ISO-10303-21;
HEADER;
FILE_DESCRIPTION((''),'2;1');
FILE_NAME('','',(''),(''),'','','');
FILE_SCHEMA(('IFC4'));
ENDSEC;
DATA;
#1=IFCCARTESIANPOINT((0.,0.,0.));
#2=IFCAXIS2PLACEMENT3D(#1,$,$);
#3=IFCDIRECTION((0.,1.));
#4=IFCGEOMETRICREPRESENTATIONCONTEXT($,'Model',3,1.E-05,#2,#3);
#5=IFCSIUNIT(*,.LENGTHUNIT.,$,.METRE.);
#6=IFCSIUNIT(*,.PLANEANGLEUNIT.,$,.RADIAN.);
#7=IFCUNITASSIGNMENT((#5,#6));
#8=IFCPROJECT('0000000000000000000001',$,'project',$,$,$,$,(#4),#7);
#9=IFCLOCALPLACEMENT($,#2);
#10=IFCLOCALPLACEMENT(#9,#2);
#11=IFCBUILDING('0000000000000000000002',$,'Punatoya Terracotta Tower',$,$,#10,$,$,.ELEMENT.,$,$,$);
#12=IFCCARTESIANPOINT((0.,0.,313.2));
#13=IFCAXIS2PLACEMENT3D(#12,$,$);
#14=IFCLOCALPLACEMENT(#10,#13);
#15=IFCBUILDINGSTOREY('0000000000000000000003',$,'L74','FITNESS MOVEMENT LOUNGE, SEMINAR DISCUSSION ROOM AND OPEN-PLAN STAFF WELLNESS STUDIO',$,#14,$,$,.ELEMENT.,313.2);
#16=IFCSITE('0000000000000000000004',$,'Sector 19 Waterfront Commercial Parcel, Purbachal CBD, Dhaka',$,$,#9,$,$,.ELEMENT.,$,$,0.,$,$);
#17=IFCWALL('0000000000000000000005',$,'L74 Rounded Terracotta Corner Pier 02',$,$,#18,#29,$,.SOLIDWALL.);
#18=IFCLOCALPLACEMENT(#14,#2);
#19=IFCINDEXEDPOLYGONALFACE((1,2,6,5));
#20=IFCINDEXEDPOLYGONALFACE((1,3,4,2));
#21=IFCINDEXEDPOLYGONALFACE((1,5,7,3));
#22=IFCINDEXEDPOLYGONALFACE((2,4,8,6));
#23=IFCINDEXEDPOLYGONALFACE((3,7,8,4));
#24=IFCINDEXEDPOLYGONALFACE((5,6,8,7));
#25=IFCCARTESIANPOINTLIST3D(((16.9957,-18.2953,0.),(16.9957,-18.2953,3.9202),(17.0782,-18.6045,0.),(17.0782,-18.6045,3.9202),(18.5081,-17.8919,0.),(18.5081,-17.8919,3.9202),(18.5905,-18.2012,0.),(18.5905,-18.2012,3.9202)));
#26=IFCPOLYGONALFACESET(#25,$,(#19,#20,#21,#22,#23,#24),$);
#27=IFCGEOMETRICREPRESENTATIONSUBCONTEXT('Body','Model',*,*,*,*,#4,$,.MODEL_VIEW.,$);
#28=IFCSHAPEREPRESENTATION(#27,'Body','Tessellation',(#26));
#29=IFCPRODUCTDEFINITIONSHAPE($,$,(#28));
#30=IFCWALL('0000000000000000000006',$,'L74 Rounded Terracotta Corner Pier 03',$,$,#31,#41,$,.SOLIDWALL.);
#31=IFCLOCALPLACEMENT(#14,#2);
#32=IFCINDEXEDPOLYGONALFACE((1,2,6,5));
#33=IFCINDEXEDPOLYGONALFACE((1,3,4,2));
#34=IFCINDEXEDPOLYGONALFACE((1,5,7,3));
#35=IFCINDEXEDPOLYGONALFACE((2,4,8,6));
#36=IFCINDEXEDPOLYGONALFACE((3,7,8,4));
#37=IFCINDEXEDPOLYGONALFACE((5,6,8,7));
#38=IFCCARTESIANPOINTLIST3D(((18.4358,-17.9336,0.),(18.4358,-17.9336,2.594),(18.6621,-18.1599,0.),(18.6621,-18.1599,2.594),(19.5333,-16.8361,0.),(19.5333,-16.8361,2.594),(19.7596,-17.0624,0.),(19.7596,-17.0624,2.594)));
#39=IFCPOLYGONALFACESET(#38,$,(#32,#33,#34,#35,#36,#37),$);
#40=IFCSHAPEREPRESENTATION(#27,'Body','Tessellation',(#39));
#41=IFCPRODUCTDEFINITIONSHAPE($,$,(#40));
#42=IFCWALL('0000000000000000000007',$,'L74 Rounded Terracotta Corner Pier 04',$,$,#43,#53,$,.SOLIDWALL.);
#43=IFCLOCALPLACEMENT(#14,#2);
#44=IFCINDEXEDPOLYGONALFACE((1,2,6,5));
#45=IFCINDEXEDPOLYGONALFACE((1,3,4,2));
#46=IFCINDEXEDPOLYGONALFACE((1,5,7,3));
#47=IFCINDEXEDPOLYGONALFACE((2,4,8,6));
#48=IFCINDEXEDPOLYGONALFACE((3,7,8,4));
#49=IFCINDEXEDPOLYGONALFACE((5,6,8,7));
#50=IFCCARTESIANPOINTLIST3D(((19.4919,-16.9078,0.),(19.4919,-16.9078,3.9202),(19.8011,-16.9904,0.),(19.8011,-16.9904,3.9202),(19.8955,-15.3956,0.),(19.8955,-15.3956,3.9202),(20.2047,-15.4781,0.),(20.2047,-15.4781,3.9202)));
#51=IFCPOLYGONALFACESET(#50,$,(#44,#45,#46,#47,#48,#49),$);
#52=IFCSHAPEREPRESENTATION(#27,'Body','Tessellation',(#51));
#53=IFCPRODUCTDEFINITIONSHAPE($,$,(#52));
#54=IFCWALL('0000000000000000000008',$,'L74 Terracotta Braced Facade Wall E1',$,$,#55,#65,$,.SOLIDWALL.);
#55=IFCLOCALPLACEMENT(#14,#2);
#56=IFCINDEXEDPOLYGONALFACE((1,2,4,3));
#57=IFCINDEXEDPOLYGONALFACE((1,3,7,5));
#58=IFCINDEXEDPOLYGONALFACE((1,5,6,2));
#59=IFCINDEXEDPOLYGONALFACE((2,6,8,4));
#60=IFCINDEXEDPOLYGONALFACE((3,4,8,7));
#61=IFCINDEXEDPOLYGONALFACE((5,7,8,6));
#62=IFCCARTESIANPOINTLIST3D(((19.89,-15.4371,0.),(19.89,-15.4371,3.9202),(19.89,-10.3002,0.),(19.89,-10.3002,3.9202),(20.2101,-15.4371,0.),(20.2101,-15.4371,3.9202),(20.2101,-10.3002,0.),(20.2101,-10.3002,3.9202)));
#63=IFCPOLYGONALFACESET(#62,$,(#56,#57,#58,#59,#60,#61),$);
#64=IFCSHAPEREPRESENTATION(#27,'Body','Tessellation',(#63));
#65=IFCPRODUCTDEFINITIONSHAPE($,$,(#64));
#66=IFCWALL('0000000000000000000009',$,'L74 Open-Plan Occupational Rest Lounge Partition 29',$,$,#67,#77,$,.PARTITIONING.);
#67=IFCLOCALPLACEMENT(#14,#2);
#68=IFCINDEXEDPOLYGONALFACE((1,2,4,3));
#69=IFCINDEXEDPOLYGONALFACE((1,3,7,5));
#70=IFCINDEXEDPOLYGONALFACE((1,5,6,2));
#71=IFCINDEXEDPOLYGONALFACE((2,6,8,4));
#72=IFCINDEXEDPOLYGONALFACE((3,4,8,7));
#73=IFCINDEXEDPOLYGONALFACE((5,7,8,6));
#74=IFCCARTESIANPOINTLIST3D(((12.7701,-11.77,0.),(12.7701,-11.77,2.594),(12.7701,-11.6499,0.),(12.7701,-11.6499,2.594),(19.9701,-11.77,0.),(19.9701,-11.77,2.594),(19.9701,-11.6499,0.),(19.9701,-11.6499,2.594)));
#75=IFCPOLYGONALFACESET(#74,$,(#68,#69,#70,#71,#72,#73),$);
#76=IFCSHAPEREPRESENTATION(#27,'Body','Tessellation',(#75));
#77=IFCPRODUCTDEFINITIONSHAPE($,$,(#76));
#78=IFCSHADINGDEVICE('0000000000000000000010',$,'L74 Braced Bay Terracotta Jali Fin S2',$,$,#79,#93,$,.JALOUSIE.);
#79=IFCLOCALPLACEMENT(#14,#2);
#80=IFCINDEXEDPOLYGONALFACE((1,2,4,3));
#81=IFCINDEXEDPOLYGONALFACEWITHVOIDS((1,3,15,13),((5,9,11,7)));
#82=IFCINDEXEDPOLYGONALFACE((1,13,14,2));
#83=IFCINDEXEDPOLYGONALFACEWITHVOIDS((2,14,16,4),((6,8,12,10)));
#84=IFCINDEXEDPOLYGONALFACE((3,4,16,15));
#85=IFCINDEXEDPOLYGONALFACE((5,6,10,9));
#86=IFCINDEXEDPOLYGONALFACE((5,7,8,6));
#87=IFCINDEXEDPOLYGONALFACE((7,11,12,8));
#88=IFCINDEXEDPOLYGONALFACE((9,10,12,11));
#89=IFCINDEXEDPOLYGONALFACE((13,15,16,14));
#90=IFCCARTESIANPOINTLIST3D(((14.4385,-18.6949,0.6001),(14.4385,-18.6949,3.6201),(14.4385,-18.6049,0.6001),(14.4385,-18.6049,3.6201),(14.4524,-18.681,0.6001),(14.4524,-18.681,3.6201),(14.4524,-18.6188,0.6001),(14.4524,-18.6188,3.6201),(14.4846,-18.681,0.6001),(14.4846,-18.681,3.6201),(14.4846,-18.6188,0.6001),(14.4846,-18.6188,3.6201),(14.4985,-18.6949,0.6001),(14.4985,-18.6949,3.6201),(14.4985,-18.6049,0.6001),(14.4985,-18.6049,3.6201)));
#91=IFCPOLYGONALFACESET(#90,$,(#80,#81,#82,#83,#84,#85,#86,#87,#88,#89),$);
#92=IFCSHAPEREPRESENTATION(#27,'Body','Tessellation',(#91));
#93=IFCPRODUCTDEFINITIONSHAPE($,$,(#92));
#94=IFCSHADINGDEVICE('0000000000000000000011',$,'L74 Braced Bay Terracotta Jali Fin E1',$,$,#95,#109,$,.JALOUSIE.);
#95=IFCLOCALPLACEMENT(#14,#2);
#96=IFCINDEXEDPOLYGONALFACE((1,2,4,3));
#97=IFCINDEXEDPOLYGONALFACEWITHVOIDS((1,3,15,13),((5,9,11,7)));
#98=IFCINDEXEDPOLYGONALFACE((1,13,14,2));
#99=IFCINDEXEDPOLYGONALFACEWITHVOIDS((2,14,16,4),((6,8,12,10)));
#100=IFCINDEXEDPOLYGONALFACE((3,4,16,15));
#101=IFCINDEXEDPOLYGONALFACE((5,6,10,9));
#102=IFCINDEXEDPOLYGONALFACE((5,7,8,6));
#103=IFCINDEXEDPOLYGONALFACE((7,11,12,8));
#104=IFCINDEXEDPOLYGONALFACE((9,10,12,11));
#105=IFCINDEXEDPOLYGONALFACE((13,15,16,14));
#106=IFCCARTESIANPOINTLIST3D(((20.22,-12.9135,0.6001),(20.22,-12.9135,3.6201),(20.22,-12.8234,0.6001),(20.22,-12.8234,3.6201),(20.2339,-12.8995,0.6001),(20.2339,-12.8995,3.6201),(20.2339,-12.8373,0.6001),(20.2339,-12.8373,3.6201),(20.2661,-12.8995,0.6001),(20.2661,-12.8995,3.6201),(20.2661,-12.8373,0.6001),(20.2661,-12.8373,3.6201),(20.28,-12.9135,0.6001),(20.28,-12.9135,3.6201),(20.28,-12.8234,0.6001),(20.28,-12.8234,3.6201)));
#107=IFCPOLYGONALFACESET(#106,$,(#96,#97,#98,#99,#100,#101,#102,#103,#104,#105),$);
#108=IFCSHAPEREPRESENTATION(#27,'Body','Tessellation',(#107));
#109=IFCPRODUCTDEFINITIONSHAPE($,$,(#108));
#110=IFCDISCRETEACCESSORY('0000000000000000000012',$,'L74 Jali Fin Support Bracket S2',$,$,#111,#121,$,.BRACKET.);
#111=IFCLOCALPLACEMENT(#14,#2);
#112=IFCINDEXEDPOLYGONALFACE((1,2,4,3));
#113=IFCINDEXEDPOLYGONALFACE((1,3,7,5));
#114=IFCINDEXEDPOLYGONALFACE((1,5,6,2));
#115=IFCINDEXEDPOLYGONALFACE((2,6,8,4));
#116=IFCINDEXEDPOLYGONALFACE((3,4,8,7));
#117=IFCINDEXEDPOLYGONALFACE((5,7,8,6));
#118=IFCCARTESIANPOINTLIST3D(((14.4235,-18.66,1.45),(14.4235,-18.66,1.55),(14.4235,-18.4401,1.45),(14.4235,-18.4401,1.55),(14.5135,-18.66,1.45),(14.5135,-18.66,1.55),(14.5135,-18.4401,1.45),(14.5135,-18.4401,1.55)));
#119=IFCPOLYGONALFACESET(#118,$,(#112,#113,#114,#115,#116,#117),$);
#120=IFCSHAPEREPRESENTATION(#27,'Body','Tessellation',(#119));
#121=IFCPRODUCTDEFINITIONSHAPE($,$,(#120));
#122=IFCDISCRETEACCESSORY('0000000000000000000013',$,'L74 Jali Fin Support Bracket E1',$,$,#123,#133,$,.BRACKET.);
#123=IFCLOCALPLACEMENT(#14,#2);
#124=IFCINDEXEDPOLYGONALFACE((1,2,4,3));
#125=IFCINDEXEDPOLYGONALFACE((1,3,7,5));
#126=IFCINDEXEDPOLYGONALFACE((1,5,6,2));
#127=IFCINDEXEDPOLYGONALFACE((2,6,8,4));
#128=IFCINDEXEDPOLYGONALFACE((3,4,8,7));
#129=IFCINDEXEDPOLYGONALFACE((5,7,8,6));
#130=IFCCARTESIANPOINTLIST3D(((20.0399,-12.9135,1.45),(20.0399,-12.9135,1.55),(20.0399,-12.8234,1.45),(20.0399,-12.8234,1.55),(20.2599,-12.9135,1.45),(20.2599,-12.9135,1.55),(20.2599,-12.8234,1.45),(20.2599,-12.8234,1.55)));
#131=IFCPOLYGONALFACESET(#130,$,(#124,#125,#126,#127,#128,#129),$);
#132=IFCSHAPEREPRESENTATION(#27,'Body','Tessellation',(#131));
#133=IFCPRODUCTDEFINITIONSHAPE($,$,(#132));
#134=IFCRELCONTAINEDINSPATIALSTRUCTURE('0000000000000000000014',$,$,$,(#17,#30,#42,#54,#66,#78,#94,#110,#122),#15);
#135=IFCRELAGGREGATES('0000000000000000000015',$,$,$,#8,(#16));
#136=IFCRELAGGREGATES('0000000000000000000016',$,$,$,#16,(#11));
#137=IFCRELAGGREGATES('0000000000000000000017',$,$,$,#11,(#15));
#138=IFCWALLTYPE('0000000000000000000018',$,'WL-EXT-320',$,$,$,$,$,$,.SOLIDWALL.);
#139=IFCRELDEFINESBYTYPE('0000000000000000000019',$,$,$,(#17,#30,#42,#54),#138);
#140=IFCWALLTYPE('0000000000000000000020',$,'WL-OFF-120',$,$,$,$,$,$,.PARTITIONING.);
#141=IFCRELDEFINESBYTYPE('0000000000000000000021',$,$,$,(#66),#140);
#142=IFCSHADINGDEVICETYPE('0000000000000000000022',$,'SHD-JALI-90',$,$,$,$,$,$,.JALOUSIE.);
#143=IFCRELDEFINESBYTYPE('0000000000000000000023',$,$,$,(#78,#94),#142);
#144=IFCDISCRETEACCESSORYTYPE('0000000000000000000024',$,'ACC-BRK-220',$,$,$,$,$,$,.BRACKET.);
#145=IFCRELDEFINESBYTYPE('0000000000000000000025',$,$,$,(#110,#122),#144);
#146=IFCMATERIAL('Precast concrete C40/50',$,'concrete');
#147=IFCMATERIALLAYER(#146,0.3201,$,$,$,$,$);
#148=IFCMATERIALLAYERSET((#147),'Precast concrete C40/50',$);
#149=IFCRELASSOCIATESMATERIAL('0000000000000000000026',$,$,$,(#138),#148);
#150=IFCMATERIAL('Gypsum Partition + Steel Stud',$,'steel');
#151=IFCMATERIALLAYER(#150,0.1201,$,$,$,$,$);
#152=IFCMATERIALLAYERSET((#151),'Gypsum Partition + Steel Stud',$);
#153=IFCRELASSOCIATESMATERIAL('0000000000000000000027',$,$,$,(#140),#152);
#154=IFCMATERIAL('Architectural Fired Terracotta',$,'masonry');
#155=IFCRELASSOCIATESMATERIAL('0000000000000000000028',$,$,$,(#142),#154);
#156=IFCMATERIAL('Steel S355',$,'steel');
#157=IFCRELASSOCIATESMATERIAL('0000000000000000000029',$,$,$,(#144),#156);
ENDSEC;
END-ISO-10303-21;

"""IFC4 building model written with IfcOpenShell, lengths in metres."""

from ifc_helpers import new_model, si_unit, direction, frame, frame_2d, origin, origin_2d, place, context, subcontext, project, spatial, rectangle, hollow_rectangle, extrude, material, layer, layer_set, material_profile, profile_set, type_object, element, save


model = new_model("IFC4")

# Units and contexts
model_context = context("Model", 3, precision=1e-05, world=origin(), true_north=direction((0.0, 1.0)))
body_context = subcontext(model_context, "Body", "Model", "MODEL_VIEW")
ifc_project = project(units=[si_unit("LENGTHUNIT", "METRE"), si_unit("PLANEANGLEUNIT", "RADIAN")], contexts=[model_context])

# Site, building, storey
site_placement = place(None, origin())
site = spatial("IfcSite", under=ifc_project, at=site_placement, Name="Sector 19 Waterfront Commercial Parcel, Purbachal CBD, Dhaka", CompositionType="ELEMENT", RefElevation=0.0)
building_placement = place(site_placement, origin())
building = spatial("IfcBuilding", under=site, at=building_placement, Name="Punatoya Terracotta Tower", CompositionType="ELEMENT")
storey_placement = place(building_placement, frame((0.0, 0.0, 313.2)))
storey = spatial("IfcBuildingStorey", under=building, at=storey_placement, Name="L74", Description="FITNESS MOVEMENT LOUNGE, SEMINAR DISCUSSION ROOM AND OPEN-PLAN STAFF WELLNESS STUDIO", CompositionType="ELEMENT", Elevation=313.2)

# Shared definitions
ifc_material_1 = material(Name="Steel S355", Category="steel")

# Walls
ifc_material_2 = material(Name="Precast concrete C40/50", Category="concrete")
ifc_layer_1 = layer(ifc_material_2, 0.3201)
ifc_layer_set_1 = layer_set([ifc_layer_1], Name="Precast concrete C40/50")
wall_type_1 = type_object("IfcWallType", Name="WL-EXT-320", PredefinedType="SOLIDWALL", material=ifc_layer_set_1)
wall_1_placement = place(storey_placement, frame((17.0369, -18.45, 0.0), z_axis=(0.0, 0.0, 1.0), x_axis=(0.966225, 0.257701, 0.0)))
element("IfcWall", 1, at=wall_1_placement, inside=storey, type_object=wall_type_1, Name="L74 Rounded Terracotta Corner Pier 02", PredefinedType="SOLIDWALL", context=body_context, shape_type="SweptSolid", body=[
    extrude(rectangle(XDim=1.5652, YDim=0.3201, at=frame_2d((0.7827, 0.0))), origin(), (0.0, 0.0, 1.0), 3.9202),
])
wall_2_placement = place(storey_placement, frame((18.5491, -18.0466, 0.0), z_axis=(0.0, 0.0, 1.0), x_axis=(0.707107, 0.707107, 0.0)))
element("IfcWall", 2, at=wall_2_placement, inside=storey, type_object=wall_type_1, Name="L74 Rounded Terracotta Corner Pier 03", PredefinedType="SOLIDWALL", context=body_context, shape_type="SweptSolid", body=[
    extrude(rectangle(XDim=1.552, YDim=0.3201, at=frame_2d((0.7759, 0.0))), origin(), (0.0, 0.0, 1.0), 2.594),
])
wall_3_placement = place(storey_placement, frame((19.6465, -16.9492, 0.0), z_axis=(0.0, 0.0, 1.0), x_axis=(0.257847, 0.966186, 0.0)))
element("IfcWall", 3, at=wall_3_placement, inside=storey, type_object=wall_type_1, Name="L74 Rounded Terracotta Corner Pier 04", PredefinedType="SOLIDWALL", context=body_context, shape_type="SweptSolid", body=[
    extrude(rectangle(XDim=1.5652, YDim=0.3201, at=frame_2d((0.7827, 0.0))), origin(), (0.0, 0.0, 1.0), 3.9202),
])
wall_4_placement = place(storey_placement, frame((20.05, -15.437, 0.0), z_axis=(0.0, 0.0, 1.0), x_axis=(0.0, 1.0, 0.0)))
element("IfcWall", 4, at=wall_4_placement, inside=storey, type_object=wall_type_1, Name="L74 Terracotta Braced Facade Wall E1", PredefinedType="SOLIDWALL", context=body_context, shape_type="SweptSolid", body=[
    extrude(rectangle(XDim=5.137, YDim=0.3201, at=frame_2d((2.5684, 0.0))), origin(), (0.0, 0.0, 1.0), 3.9202),
])
ifc_material_3 = material(Name="Gypsum Partition + Steel Stud", Category="steel")
ifc_layer_2 = layer(ifc_material_3, 0.1201)
ifc_layer_set_2 = layer_set([ifc_layer_2], Name="Gypsum Partition + Steel Stud")
wall_type_2 = type_object("IfcWallType", Name="WL-OFF-120", PredefinedType="PARTITIONING", material=ifc_layer_set_2)
wall_5_placement = place(storey_placement, frame((12.77, -11.71, 0.0), z_axis=(0.0, 0.0, 1.0), x_axis=(1.0, 0.0, 0.0)))
element("IfcWall", 5, at=wall_5_placement, inside=storey, type_object=wall_type_2, Name="L74 Open-Plan Occupational Rest Lounge Partition 29", PredefinedType="PARTITIONING", context=body_context, shape_type="SweptSolid", body=[
    extrude(rectangle(XDim=7.2, YDim=0.1201, at=frame_2d((3.6001, 0.0))), origin(), (0.0, 0.0, 1.0), 2.594),
])

# Shading devices
ifc_material_4 = material(Name="Architectural Fired Terracotta", Category="masonry")
ifc_material_profile_1 = material_profile(ifc_material_4, hollow_rectangle(XDim=0.0601, YDim=0.0901, WallThickness=0.0139, at=origin_2d()))
ifc_profile_set_1 = profile_set([ifc_material_profile_1], Name="Architectural Fired Terracotta")
shading_device_type = type_object("IfcShadingDeviceType", Name="SHD-JALI-90", PredefinedType="JALOUSIE", material=ifc_profile_set_1)
for number, where, z_axis, x_axis, name in (
    (6, (14.4685, -18.6499, 0.6001), (0.0, 0.0, 1.0), (1.0, 0.0, 0.0), "L74 Braced Bay Terracotta Jali Fin S2"),
    (7, (20.25, -12.8684, 0.6001), (0.0, 0.0, 1.0), (1.0, 0.0, 0.0), "L74 Braced Bay Terracotta Jali Fin E1"),
):
    element("IfcShadingDevice", number, at=place(storey_placement, frame(where, z_axis=z_axis, x_axis=x_axis)), inside=storey, type_object=shading_device_type, Name=name, PredefinedType="JALOUSIE", context=body_context, shape_type="SweptSolid", body=[
        extrude(hollow_rectangle(XDim=0.0601, YDim=0.0901, WallThickness=0.0139, at=origin_2d()), origin(), (0.0, 0.0, 1.0), 3.02),
    ])

# Discrete accessories
discrete_accessory_type = type_object("IfcDiscreteAccessoryType", Name="ACC-BRK-220", PredefinedType="BRACKET", material=ifc_material_1)
for number, where, z_axis, x_axis, name in (
    (8, (14.4685, -18.55, 1.45), (0.0, 0.0, 1.0), (1.0, 0.0, 0.0), "L74 Jali Fin Support Bracket S2"),
    (9, (20.1499, -12.8684, 1.45), (0.0, 0.0, 1.0), (0.0, 1.0, 0.0), "L74 Jali Fin Support Bracket E1"),
):
    element("IfcDiscreteAccessory", number, at=place(storey_placement, frame(where, z_axis=z_axis, x_axis=x_axis)), inside=storey, type_object=discrete_accessory_type, Name=name, PredefinedType="BRACKET", context=body_context, shape_type="SweptSolid", body=[
        extrude(rectangle(XDim=0.0901, YDim=0.22, at=origin_2d()), origin(), (0.0, 0.0, 1.0), 0.1001),
    ])

save(model, "model.ifc")
